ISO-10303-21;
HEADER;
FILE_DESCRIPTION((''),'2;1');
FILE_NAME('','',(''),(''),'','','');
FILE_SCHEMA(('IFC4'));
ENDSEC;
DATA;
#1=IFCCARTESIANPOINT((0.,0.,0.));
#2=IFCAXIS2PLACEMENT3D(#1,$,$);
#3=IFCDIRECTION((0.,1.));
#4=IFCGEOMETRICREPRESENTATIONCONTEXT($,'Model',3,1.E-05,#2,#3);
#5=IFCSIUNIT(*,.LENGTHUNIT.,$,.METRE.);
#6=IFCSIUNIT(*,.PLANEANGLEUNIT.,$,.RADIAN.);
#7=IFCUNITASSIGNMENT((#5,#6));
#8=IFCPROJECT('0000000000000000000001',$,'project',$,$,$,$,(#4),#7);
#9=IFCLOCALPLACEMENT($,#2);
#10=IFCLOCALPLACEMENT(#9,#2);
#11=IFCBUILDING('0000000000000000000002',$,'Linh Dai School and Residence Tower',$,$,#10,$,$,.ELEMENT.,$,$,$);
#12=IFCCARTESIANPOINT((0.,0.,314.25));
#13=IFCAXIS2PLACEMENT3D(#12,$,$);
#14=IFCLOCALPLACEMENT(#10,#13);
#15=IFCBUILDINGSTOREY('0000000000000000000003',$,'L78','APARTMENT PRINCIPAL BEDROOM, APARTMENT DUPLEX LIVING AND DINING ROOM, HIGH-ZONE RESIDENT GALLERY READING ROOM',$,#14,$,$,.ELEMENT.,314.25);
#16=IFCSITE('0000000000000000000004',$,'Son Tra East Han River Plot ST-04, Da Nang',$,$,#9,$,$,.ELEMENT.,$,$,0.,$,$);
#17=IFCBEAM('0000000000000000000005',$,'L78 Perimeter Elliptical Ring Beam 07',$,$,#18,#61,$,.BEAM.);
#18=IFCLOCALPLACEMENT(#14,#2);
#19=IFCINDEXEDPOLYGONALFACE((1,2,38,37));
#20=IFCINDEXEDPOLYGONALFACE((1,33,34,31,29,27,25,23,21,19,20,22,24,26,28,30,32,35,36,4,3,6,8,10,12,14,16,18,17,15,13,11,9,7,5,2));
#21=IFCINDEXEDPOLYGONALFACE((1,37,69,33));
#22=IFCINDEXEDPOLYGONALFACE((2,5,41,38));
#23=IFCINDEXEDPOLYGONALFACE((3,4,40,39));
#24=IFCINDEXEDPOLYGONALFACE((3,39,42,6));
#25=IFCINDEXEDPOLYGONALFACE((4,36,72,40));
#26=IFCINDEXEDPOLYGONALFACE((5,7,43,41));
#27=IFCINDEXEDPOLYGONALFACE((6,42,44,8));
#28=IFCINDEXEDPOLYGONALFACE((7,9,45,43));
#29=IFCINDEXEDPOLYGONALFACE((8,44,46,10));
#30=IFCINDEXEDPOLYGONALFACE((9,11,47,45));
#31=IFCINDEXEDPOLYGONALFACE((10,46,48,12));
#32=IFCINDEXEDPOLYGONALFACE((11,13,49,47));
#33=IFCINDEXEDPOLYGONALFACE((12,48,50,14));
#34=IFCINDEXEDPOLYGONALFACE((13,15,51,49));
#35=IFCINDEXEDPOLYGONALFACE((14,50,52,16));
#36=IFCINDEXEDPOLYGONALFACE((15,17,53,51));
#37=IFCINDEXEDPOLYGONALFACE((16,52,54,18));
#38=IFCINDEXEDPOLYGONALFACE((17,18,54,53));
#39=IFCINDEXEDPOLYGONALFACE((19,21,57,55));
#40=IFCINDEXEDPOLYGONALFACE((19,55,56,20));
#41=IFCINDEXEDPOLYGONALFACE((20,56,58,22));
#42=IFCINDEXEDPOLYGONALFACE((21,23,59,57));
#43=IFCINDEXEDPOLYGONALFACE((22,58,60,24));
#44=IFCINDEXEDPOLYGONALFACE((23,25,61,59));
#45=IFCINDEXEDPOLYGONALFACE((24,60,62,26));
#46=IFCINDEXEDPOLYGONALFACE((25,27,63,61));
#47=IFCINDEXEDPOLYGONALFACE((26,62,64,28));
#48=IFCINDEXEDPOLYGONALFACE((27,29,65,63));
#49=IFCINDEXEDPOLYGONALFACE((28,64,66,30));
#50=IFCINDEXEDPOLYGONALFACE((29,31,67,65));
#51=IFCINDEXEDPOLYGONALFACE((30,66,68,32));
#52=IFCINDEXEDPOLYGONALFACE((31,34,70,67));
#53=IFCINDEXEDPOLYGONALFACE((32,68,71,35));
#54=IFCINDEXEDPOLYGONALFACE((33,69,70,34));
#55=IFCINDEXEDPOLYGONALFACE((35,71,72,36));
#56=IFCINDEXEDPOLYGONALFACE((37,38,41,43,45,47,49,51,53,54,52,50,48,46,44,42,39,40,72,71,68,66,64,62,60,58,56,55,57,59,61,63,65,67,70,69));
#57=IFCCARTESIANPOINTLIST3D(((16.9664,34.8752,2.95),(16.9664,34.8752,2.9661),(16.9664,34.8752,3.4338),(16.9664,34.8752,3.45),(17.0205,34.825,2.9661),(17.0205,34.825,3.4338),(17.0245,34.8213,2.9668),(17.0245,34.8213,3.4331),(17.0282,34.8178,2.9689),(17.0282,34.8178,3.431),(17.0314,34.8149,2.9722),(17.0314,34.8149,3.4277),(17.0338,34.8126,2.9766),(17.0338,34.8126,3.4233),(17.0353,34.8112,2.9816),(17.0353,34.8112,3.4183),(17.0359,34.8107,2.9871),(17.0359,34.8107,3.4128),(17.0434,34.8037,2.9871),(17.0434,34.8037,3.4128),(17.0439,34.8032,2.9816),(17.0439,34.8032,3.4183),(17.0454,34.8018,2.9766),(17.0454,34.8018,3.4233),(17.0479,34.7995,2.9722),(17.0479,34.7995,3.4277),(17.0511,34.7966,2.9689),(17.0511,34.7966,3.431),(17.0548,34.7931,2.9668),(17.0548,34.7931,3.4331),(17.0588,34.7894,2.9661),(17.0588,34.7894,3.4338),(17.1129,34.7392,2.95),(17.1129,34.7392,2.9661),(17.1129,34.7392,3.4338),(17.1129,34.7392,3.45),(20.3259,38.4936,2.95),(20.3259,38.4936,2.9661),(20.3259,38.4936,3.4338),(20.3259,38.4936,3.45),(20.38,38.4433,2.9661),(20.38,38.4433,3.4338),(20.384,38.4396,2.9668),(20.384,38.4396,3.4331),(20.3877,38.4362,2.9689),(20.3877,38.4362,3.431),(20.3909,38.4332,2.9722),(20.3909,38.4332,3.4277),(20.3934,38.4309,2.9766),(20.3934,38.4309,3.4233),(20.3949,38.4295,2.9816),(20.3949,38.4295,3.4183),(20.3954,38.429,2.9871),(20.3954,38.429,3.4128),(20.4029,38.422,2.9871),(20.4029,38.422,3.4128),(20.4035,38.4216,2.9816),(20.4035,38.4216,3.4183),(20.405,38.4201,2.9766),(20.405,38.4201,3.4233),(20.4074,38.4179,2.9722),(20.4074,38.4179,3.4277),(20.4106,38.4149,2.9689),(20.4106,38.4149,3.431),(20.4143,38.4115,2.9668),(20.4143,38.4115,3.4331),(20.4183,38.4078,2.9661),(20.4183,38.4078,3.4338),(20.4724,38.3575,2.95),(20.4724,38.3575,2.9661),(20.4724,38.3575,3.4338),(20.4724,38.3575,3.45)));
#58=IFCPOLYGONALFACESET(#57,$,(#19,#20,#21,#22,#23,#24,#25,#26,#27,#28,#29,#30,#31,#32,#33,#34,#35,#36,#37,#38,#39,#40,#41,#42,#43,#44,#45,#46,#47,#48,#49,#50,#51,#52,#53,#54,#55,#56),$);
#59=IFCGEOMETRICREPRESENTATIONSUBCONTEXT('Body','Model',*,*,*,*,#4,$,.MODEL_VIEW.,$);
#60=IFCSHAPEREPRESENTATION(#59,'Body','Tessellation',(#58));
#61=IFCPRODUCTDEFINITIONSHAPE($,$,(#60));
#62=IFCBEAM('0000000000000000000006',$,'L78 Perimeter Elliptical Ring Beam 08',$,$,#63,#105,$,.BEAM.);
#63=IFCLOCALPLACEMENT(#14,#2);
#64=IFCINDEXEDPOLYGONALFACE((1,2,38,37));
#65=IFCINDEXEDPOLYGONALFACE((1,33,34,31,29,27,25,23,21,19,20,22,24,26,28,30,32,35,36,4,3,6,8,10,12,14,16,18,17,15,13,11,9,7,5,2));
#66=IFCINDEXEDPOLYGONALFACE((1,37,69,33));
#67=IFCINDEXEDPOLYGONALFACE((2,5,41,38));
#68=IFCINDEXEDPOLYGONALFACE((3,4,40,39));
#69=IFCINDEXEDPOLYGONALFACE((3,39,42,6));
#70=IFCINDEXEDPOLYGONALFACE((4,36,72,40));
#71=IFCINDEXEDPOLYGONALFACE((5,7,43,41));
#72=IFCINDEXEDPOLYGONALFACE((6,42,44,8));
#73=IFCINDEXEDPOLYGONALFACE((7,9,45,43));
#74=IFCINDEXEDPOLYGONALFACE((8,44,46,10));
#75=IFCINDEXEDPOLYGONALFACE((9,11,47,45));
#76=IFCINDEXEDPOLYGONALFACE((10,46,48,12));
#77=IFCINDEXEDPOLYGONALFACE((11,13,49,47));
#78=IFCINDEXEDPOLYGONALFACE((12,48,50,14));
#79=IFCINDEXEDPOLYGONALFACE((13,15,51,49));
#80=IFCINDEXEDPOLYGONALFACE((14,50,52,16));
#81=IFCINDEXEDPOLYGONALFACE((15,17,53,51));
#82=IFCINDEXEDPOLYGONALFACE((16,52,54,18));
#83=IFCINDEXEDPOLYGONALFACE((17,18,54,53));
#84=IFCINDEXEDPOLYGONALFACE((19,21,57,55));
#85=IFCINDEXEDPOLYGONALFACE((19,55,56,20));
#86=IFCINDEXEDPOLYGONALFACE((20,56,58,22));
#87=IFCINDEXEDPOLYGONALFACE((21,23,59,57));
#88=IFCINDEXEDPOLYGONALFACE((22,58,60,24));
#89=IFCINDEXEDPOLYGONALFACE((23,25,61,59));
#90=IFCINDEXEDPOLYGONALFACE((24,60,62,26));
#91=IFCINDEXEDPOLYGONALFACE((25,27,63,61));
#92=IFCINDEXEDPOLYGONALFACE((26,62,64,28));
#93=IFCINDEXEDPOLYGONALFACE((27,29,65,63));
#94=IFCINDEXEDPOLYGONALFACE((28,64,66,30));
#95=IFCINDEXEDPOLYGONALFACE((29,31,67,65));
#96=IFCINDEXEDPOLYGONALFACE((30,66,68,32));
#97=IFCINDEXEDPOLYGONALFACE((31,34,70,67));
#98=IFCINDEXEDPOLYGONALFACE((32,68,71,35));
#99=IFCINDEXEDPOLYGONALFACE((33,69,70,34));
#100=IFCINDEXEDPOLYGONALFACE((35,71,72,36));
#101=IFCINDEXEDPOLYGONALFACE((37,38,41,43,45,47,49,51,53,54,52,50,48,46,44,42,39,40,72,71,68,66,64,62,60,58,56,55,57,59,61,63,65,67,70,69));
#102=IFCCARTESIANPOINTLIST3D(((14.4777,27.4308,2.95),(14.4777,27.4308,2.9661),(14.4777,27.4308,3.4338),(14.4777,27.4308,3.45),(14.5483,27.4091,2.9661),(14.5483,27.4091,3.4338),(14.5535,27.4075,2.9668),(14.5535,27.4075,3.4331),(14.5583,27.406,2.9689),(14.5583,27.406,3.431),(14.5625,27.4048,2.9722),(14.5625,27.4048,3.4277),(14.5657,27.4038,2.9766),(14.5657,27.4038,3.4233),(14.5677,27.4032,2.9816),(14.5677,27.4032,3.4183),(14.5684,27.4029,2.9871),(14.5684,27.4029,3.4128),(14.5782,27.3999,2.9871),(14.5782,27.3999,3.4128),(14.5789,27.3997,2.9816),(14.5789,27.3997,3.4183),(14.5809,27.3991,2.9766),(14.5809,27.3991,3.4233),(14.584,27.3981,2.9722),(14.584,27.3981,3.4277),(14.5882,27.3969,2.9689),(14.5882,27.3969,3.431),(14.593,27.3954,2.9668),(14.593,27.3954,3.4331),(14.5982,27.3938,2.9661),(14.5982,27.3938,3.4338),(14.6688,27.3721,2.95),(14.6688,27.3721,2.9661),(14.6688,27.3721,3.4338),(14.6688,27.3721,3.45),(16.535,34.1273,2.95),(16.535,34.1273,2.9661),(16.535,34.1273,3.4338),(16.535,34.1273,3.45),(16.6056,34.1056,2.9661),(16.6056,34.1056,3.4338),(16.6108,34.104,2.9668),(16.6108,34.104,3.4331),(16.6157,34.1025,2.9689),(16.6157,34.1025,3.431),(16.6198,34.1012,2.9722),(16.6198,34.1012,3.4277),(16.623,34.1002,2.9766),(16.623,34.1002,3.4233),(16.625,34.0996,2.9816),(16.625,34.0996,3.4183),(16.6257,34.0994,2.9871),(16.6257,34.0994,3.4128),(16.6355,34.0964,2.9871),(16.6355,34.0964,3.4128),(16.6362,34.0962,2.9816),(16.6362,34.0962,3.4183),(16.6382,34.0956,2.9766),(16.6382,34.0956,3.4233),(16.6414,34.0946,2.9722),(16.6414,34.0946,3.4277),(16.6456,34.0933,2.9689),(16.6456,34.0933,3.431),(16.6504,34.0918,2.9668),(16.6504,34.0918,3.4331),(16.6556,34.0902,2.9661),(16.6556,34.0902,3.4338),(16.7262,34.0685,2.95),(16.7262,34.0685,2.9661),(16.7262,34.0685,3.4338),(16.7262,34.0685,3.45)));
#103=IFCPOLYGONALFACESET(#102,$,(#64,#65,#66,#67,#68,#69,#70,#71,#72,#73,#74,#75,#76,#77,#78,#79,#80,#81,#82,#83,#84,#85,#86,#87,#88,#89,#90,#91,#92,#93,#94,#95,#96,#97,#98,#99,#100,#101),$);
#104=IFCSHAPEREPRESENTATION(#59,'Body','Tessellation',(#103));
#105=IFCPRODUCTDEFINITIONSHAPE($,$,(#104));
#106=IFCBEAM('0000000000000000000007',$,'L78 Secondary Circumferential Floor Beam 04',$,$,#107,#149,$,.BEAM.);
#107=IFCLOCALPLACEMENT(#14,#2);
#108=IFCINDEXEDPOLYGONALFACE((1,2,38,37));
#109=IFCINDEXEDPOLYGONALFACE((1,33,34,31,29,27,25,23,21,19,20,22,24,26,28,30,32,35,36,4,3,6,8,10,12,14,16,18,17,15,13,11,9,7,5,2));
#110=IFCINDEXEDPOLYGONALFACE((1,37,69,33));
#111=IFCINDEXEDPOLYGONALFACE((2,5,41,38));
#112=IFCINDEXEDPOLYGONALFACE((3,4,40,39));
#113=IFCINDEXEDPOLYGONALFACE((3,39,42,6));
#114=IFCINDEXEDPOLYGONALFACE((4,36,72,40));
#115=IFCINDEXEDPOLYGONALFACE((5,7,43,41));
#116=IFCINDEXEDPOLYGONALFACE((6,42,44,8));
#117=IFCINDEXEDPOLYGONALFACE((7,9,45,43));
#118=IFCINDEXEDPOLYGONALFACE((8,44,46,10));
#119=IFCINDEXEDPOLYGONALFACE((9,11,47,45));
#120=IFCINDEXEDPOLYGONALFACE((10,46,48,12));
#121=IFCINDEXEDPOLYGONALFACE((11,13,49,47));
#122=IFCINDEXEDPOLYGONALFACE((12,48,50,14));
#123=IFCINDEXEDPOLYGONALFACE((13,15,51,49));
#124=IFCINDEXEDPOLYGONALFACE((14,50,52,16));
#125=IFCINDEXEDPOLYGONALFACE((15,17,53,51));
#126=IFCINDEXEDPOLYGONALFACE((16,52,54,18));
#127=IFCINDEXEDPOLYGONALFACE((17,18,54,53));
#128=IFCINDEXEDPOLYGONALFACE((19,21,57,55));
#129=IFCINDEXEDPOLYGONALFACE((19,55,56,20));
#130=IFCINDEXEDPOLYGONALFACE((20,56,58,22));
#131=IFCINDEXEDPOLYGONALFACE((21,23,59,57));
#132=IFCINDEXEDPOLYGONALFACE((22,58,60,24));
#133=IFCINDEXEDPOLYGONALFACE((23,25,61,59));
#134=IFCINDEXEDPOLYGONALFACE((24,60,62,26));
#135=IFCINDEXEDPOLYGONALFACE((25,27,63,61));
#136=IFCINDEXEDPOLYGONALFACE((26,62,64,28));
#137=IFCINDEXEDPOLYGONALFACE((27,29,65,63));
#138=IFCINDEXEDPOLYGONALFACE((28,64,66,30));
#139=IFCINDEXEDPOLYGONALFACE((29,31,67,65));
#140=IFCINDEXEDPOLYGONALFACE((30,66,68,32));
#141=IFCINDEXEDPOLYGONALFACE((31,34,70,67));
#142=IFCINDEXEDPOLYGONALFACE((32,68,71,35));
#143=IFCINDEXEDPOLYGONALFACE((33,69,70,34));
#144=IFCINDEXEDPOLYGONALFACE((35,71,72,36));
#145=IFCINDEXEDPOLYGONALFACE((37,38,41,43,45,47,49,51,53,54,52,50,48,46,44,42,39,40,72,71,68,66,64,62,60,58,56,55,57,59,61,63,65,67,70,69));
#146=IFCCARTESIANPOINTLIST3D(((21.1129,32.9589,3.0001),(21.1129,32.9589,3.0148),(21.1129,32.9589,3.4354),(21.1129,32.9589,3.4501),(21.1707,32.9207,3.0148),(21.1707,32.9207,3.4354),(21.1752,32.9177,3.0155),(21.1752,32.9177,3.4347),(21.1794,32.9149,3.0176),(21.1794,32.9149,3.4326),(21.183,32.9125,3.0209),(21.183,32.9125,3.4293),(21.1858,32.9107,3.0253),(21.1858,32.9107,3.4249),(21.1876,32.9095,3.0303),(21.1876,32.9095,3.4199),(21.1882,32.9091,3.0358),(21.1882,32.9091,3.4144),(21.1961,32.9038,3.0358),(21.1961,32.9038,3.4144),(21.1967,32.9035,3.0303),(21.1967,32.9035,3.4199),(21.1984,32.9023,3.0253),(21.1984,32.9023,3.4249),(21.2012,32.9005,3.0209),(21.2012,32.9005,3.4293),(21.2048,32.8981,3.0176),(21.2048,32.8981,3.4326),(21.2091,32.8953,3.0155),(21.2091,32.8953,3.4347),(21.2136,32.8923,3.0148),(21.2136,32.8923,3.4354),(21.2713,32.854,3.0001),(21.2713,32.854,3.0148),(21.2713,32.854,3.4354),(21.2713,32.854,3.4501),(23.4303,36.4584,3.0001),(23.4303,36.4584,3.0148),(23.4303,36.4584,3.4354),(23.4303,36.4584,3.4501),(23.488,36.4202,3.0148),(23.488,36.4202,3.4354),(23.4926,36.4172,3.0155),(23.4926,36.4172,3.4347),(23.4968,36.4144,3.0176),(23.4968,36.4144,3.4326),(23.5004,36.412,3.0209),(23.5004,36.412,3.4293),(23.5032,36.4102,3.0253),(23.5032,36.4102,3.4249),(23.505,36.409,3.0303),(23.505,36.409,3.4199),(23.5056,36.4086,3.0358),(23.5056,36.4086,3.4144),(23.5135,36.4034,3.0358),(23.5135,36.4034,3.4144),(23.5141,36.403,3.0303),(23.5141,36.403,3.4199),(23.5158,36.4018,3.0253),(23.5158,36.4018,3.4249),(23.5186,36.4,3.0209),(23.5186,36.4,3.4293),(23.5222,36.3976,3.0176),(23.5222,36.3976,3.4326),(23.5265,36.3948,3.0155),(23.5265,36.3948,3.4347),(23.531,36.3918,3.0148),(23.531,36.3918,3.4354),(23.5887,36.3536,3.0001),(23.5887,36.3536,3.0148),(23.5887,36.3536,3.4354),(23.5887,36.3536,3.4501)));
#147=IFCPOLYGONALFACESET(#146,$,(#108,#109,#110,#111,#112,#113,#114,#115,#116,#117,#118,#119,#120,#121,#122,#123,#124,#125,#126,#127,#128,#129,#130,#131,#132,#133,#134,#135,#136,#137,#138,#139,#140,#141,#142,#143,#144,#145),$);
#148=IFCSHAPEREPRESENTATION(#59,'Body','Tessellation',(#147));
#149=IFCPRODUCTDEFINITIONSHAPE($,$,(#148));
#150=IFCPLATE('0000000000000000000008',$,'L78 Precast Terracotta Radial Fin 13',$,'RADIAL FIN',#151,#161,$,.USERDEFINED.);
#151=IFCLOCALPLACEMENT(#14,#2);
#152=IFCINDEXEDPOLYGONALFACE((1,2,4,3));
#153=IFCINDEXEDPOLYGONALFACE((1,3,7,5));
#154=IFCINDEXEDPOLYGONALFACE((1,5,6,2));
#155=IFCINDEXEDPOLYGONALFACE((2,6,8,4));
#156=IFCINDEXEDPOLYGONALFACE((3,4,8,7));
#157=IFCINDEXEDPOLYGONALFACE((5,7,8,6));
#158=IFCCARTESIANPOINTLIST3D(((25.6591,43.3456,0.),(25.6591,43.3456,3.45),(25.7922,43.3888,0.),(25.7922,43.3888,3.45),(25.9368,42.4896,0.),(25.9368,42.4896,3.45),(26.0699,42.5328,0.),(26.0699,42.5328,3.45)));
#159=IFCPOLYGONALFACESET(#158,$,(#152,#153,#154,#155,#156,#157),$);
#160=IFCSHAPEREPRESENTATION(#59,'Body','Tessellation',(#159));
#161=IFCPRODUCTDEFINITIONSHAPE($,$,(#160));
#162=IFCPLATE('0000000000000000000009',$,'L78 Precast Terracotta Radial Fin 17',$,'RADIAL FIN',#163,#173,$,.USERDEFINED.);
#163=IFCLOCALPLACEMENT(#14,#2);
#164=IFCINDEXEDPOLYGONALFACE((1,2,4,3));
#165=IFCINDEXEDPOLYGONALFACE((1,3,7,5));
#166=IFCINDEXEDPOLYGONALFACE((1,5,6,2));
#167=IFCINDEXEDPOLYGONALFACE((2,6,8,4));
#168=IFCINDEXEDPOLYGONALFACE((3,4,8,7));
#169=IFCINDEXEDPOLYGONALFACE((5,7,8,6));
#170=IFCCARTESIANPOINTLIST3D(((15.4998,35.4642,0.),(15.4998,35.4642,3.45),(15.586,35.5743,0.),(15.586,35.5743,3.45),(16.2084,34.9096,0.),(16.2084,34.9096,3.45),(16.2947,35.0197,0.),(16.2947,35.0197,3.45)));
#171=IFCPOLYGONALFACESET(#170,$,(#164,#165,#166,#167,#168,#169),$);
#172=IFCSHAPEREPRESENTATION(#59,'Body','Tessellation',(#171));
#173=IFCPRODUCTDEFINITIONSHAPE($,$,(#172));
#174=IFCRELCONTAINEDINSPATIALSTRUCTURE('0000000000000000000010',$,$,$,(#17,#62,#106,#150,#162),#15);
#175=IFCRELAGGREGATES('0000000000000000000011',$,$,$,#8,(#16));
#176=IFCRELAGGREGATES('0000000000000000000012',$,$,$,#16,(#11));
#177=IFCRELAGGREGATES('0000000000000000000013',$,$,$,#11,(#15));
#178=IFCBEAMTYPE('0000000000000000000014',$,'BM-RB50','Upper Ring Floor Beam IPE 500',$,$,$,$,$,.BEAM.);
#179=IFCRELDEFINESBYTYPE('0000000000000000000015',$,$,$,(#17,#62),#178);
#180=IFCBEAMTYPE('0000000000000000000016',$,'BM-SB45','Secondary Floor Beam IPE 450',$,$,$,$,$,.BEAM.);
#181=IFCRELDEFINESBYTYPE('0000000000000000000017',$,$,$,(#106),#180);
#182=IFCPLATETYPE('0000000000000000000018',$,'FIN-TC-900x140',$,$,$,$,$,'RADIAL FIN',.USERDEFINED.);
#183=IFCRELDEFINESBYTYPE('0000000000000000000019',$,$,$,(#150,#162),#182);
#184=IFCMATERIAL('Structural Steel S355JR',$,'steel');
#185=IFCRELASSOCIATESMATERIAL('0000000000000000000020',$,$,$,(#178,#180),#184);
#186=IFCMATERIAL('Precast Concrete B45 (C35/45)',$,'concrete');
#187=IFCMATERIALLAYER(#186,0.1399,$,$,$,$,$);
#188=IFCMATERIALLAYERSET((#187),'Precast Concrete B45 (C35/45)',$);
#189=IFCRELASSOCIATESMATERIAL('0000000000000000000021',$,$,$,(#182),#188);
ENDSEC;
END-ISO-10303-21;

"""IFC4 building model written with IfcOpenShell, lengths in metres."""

from ifc_helpers import new_model, si_unit, direction, frame, origin, origin_2d, place, context, subcontext, project, spatial, rectangle, i_section, extrude, source, transform, mapped, material, layer, layer_set, material_profile, profile_set, type_object, element, save


model = new_model("IFC4")

# Units and contexts
model_context = context("Model", 3, precision=1e-05, world=origin(), true_north=direction((0.0, 1.0)))
body_context = subcontext(model_context, "Body", "Model", "MODEL_VIEW")
ifc_project = project(units=[si_unit("LENGTHUNIT", "METRE"), si_unit("PLANEANGLEUNIT", "RADIAN")], contexts=[model_context])

# Site, building, storey
site_placement = place(None, origin())
site = spatial("IfcSite", under=ifc_project, at=site_placement, Name="Son Tra East Han River Plot ST-04, Da Nang", CompositionType="ELEMENT", RefElevation=0.0)
building_placement = place(site_placement, origin())
building = spatial("IfcBuilding", under=site, at=building_placement, Name="Linh Dai School and Residence Tower", CompositionType="ELEMENT")
storey_placement = place(building_placement, frame((0.0, 0.0, 314.25)))
storey = spatial("IfcBuildingStorey", under=building, at=storey_placement, Name="L78", Description="APARTMENT PRINCIPAL BEDROOM, APARTMENT DUPLEX LIVING AND DINING ROOM, HIGH-ZONE RESIDENT GALLERY READING ROOM", CompositionType="ELEMENT", Elevation=314.25)

# Shared definitions
ifc_material_1 = material(Name="Structural Steel S355JR", Category="steel")

# Beams
ifc_material_profile_1 = material_profile(ifc_material_1, i_section(OverallWidth=0.2, OverallDepth=0.5, WebThickness=0.0103, FlangeThickness=0.0161, FilletRadius=0.021, at=origin_2d()), Name="IPE 500")
ifc_profile_set_1 = profile_set([ifc_material_profile_1], Name="Structural Steel S355JR")
beam_type_1 = type_object("IfcBeamType", Name="BM-RB50", Description="Upper Ring Floor Beam IPE 500", PredefinedType="BEAM", material=ifc_profile_set_1)
beam_1_placement = place(storey_placement, frame((20.3992, 38.4255, 3.2), z_axis=(-0.680415, -0.732827, 0.0), x_axis=(0.732827, -0.680415, 0.0)))
element("IfcBeam", 1, at=beam_1_placement, inside=storey, type_object=beam_type_1, Name="L78 Perimeter Elliptical Ring Beam 07", PredefinedType="BEAM", context=body_context, shape_type="SweptSolid", body=[
    extrude(i_section(OverallWidth=0.2, OverallDepth=0.5, WebThickness=0.0103, FlangeThickness=0.0161, FilletRadius=0.021, at=origin_2d()), origin(), (0.0, 0.0, 1.0), 4.9375),
])
beam_2_placement = place(storey_placement, frame((16.6306, 34.0979, 3.2), z_axis=(-0.293682, -0.955903, 0.0), x_axis=(0.955903, -0.293682, 0.0)))
element("IfcBeam", 2, at=beam_2_placement, inside=storey, type_object=beam_type_1, Name="L78 Perimeter Elliptical Ring Beam 08", PredefinedType="BEAM", context=body_context, shape_type="SweptSolid", body=[
    extrude(i_section(OverallWidth=0.2, OverallDepth=0.5, WebThickness=0.0103, FlangeThickness=0.0161, FilletRadius=0.021, at=origin_2d()), origin(), (0.0, 0.0, 1.0), 7.0054),
])
ifc_material_profile_2 = material_profile(ifc_material_1, i_section(OverallWidth=0.1899, OverallDepth=0.45, WebThickness=0.0095, FlangeThickness=0.0146, FilletRadius=0.021, at=origin_2d()), Name="IPE 450")
ifc_profile_set_2 = profile_set([ifc_material_profile_2], Name="Structural Steel S355JR")
beam_type_2 = type_object("IfcBeamType", Name="BM-SB45", Description="Secondary Floor Beam IPE 450", PredefinedType="BEAM", material=ifc_profile_set_2)
beam_3_placement = place(storey_placement, frame((23.5095, 36.406, 3.2251), z_axis=(-0.55212, -0.833764, 0.0), x_axis=(0.833764, -0.55212, 0.0)))
element("IfcBeam", 3, at=beam_3_placement, inside=storey, type_object=beam_type_2, Name="L78 Secondary Circumferential Floor Beam 04", PredefinedType="BEAM", context=body_context, shape_type="SweptSolid", body=[
    extrude(i_section(OverallWidth=0.1899, OverallDepth=0.45, WebThickness=0.0095, FlangeThickness=0.0146, FilletRadius=0.021, at=origin_2d()), origin(), (0.0, 0.0, 1.0), 4.1973),
])

# Plates
ifc_material_2 = material(Name="Precast Concrete B45 (C35/45)", Category="concrete")
ifc_layer_1 = layer(ifc_material_2, 0.1399)
ifc_layer_set_1 = layer_set([ifc_layer_1], Name="Precast Concrete B45 (C35/45)")
plate_type = type_object("IfcPlateType", Name="FIN-TC-900x140", ElementType="RADIAL FIN", PredefinedType="USERDEFINED", material=ifc_layer_set_1)
shared_shape_1 = source(origin(), body_context, "Body", "SweptSolid", [
    extrude(rectangle(XDim=0.8999, YDim=0.1399, at=origin_2d()), origin(), (0.0, 0.0, 1.0), 3.45),
])
for number, where, z_axis, x_axis, name in (
    (4, (25.8645, 42.9392, 0.0), (0.0, 0.0, 1.0), (-0.308519, 0.951218, 0.0), "L78 Precast Terracotta Radial Fin 13"),
    (5, (15.8972, 35.2419, 0.0), (0.0, 0.0, 1.0), (-0.787503, 0.616311, 0.0), "L78 Precast Terracotta Radial Fin 17"),
):
    element("IfcPlate", number, at=place(storey_placement, frame(where, z_axis=z_axis, x_axis=x_axis)), inside=storey, type_object=plate_type, Name=name, ObjectType="RADIAL FIN", PredefinedType="USERDEFINED", context=body_context, shape_type="MappedRepresentation", body=[
        mapped(shared_shape_1, transform((0.0, 0.0, 0.0), x_axis=(1.0, 0.0, 0.0), y_axis=(0.0, 1.0, 0.0), z_axis=(0.0, 0.0, 1.0), scale=1.0)),
    ])

save(model, "model.ifc")
